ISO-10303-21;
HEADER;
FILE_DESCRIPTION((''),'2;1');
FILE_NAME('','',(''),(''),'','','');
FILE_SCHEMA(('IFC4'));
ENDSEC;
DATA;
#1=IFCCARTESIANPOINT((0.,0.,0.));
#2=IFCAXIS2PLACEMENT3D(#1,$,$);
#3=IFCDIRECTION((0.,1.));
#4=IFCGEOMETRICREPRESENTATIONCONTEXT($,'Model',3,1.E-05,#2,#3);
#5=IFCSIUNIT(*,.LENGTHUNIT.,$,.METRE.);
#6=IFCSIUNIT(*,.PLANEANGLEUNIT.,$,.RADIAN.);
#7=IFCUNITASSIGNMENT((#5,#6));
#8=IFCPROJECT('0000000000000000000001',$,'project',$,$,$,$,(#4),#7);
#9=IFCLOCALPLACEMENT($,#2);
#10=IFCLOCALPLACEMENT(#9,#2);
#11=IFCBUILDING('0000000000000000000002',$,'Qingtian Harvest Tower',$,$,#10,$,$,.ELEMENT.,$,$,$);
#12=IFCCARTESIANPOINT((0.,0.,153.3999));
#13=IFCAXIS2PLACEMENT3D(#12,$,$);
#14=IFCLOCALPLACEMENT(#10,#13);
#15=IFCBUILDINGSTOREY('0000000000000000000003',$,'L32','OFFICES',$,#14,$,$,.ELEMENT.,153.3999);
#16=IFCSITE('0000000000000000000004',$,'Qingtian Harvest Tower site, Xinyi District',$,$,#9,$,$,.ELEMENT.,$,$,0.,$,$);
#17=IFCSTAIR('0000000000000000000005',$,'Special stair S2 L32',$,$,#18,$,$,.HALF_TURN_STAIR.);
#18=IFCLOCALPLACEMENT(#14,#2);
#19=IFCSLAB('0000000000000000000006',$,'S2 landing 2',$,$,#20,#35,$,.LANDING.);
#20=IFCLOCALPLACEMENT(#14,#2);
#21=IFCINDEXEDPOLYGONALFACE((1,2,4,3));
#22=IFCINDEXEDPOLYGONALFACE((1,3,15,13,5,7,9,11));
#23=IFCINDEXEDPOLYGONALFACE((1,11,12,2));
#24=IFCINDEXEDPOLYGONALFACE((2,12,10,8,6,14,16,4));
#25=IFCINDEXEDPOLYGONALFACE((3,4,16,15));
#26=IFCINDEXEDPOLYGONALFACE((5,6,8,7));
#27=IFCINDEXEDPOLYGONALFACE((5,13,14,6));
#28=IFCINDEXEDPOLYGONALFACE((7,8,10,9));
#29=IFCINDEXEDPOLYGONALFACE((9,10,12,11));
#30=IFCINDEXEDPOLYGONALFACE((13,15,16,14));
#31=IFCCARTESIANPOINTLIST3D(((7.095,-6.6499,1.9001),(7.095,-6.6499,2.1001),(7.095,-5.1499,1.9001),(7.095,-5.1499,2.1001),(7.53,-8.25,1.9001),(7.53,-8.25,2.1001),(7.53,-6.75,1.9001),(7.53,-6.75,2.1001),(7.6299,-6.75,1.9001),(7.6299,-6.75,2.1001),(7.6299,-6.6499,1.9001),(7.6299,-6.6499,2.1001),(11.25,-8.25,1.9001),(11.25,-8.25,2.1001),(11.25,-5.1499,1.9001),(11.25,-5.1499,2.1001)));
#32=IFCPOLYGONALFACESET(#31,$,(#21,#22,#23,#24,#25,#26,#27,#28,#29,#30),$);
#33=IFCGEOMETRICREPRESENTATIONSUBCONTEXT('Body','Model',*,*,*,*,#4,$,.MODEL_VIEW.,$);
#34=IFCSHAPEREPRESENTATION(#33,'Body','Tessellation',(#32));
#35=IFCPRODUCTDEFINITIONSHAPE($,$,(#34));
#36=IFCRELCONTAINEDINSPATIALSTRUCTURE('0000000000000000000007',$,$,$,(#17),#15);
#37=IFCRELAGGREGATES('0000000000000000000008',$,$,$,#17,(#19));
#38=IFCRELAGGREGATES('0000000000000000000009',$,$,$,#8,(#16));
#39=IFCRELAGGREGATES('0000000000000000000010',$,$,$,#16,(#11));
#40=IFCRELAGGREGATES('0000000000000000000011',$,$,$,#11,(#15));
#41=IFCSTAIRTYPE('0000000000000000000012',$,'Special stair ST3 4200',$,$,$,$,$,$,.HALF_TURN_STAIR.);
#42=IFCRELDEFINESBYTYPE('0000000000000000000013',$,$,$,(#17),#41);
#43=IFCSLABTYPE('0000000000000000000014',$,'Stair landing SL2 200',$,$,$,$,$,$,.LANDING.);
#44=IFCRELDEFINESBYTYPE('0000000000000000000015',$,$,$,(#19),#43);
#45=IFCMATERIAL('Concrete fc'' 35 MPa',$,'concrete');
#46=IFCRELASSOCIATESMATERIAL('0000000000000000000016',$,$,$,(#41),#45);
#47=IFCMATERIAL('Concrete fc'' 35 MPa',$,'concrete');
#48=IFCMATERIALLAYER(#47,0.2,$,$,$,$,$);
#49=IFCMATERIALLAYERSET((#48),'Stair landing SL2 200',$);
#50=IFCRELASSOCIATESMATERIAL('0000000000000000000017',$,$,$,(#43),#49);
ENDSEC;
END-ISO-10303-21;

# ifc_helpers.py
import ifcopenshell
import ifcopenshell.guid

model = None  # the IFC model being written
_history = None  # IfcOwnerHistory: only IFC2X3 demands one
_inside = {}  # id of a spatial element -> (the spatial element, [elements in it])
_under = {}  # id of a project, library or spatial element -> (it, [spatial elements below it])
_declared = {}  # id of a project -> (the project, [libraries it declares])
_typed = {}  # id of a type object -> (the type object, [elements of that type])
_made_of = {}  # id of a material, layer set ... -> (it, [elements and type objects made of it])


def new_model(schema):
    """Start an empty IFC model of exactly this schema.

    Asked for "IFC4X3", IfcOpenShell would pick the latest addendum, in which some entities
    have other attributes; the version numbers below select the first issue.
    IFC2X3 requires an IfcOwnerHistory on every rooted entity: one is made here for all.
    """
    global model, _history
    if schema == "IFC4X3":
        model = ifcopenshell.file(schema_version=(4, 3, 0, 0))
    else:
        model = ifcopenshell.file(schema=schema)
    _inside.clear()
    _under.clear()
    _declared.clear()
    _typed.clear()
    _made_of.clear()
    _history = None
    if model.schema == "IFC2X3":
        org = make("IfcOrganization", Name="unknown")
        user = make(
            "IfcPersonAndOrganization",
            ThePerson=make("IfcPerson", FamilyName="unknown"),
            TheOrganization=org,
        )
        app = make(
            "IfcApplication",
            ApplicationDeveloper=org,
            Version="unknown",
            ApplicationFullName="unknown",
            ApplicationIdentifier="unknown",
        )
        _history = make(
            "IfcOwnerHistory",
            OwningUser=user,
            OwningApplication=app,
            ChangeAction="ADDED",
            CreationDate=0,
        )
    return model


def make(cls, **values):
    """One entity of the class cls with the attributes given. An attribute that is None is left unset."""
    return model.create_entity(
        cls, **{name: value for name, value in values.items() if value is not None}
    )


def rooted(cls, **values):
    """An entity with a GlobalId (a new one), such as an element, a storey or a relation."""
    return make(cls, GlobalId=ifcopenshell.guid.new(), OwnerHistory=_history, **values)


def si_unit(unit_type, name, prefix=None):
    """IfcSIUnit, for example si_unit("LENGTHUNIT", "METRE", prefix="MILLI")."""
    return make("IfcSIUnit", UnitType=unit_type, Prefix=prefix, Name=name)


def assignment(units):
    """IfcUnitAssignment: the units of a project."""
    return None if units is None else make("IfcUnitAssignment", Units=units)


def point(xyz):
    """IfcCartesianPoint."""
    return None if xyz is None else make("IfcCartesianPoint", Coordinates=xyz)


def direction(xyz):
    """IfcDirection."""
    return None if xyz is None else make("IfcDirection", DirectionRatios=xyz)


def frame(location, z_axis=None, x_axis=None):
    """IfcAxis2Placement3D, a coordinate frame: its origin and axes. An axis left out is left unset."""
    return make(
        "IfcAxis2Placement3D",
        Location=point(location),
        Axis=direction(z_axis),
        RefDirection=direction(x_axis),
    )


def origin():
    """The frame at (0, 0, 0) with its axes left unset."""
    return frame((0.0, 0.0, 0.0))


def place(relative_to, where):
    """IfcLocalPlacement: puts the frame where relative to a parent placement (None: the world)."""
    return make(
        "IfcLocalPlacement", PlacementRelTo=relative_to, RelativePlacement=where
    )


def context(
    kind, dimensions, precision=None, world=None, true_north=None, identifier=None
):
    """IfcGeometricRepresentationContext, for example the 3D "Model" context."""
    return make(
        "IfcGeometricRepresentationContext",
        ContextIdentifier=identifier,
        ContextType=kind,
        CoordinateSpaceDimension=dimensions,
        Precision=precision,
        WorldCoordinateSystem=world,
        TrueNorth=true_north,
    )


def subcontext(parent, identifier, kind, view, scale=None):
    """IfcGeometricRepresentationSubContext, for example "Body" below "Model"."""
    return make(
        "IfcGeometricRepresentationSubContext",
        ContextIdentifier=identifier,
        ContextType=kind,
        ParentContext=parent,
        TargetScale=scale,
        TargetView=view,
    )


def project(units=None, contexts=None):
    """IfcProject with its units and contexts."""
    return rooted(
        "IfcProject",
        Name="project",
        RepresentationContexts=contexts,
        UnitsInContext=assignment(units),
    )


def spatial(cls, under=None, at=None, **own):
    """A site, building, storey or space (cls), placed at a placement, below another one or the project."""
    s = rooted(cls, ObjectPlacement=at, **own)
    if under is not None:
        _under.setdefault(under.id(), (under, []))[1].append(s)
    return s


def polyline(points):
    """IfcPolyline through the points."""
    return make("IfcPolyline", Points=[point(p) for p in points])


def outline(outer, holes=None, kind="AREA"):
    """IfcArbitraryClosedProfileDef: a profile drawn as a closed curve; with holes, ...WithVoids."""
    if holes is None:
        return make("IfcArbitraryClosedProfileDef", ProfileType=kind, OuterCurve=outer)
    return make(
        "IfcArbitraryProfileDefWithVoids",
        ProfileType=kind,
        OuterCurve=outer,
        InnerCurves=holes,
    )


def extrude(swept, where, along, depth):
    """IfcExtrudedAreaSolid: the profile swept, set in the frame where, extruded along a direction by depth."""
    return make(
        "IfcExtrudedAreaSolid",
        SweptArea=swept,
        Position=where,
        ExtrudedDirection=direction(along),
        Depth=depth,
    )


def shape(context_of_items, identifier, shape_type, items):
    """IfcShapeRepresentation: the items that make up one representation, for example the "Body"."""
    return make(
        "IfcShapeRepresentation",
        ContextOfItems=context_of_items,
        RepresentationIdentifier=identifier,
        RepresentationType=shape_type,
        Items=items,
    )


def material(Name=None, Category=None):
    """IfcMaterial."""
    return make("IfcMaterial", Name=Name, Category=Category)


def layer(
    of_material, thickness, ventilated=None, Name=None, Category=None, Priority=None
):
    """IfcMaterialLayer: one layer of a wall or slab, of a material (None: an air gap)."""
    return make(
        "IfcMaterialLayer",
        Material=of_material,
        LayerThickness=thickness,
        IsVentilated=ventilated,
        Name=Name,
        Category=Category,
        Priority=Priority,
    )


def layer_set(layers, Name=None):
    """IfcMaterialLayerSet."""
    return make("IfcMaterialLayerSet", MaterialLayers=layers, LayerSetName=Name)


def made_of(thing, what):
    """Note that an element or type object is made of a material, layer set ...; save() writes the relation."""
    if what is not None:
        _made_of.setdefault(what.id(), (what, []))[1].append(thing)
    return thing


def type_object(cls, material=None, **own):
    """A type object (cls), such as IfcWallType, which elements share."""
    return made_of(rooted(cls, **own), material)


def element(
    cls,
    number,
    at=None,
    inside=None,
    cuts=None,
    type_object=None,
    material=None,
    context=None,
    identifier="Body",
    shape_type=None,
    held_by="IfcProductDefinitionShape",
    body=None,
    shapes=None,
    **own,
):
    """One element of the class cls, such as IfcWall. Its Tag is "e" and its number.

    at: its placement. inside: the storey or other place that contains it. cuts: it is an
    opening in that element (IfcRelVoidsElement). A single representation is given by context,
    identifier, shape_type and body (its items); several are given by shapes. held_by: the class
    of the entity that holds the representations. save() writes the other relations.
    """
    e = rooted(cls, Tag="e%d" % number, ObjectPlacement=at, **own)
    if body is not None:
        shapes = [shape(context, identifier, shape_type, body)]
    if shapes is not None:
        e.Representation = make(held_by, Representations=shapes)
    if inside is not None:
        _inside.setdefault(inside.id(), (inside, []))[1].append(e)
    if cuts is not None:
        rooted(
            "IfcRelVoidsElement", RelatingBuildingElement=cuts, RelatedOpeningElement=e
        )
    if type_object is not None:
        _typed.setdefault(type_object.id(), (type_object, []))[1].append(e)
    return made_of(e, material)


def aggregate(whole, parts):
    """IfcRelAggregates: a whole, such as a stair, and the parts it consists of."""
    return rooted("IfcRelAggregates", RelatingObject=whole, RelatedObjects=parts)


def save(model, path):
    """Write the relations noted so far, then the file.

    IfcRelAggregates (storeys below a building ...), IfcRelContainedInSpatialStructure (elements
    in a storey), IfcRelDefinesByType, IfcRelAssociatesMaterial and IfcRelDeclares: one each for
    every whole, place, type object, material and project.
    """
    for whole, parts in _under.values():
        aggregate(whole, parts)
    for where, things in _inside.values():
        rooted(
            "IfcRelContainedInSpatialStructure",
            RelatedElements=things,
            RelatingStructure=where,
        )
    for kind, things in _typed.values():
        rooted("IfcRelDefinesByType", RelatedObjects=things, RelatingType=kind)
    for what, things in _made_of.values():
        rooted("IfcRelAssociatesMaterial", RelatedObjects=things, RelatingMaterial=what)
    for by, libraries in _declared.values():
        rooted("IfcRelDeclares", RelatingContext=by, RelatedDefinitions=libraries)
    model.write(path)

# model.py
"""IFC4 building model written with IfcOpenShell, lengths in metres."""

from ifc_helpers import new_model, si_unit, direction, frame, origin, place, context, subcontext, project, spatial, polyline, outline, extrude, material, layer, layer_set, type_object, element, aggregate, save


model = new_model("IFC4")

# Units and contexts
model_context = context("Model", 3, precision=1e-05, world=origin(), true_north=direction((0.0, 1.0)))
body_context = subcontext(model_context, "Body", "Model", "MODEL_VIEW")
ifc_project = project(units=[si_unit("LENGTHUNIT", "METRE"), si_unit("PLANEANGLEUNIT", "RADIAN")], contexts=[model_context])

# Site, building, storey
site_placement = place(None, origin())
site = spatial("IfcSite", under=ifc_project, at=site_placement, Name="Qingtian Harvest Tower site, Xinyi District", CompositionType="ELEMENT", RefElevation=0.0)
building_placement = place(site_placement, origin())
building = spatial("IfcBuilding", under=site, at=building_placement, Name="Qingtian Harvest Tower", CompositionType="ELEMENT")
storey_placement = place(building_placement, frame((0.0, 0.0, 153.3999)))
storey = spatial("IfcBuildingStorey", under=building, at=storey_placement, Name="L32", Description="OFFICES", CompositionType="ELEMENT", Elevation=153.3999)

# Stair, slab
ifc_material_1 = material(Name="Concrete fc' 35 MPa", Category="concrete")
stair_type = type_object("IfcStairType", Name="Special stair ST3 4200", PredefinedType="HALF_TURN_STAIR", material=ifc_material_1)
stair_placement = place(storey_placement, origin())
stair = element("IfcStair", 1, at=stair_placement, inside=storey, type_object=stair_type, Name="Special stair S2 L32", PredefinedType="HALF_TURN_STAIR")
ifc_material_2 = material(Name="Concrete fc' 35 MPa", Category="concrete")
ifc_layer_1 = layer(ifc_material_2, 0.2)
ifc_layer_set_1 = layer_set([ifc_layer_1], Name="Stair landing SL2 200")
slab_type_1 = type_object("IfcSlabType", Name="Stair landing SL2 200", PredefinedType="LANDING", material=ifc_layer_set_1)
slab_1_placement = place(storey_placement, frame((0.0, 0.0, 1.9001)))
slab_1 = element("IfcSlab", 2, at=slab_1_placement, type_object=slab_type_1, Name="S2 landing 2", PredefinedType="LANDING", context=body_context, shape_type="SweptSolid", body=[
    extrude(outline(polyline([(7.53, -8.25), (7.53, -6.75), (7.6299, -6.75), (7.6299, -6.6499), (7.095, -6.6499), (7.095, -5.1499), (11.25, -5.1499), (11.25, -8.25), (7.53, -8.25)])), origin(), (0.0, 0.0, 1.0), 0.2),
])
aggregate(stair, [slab_1])

save(model, "model.ifc")
